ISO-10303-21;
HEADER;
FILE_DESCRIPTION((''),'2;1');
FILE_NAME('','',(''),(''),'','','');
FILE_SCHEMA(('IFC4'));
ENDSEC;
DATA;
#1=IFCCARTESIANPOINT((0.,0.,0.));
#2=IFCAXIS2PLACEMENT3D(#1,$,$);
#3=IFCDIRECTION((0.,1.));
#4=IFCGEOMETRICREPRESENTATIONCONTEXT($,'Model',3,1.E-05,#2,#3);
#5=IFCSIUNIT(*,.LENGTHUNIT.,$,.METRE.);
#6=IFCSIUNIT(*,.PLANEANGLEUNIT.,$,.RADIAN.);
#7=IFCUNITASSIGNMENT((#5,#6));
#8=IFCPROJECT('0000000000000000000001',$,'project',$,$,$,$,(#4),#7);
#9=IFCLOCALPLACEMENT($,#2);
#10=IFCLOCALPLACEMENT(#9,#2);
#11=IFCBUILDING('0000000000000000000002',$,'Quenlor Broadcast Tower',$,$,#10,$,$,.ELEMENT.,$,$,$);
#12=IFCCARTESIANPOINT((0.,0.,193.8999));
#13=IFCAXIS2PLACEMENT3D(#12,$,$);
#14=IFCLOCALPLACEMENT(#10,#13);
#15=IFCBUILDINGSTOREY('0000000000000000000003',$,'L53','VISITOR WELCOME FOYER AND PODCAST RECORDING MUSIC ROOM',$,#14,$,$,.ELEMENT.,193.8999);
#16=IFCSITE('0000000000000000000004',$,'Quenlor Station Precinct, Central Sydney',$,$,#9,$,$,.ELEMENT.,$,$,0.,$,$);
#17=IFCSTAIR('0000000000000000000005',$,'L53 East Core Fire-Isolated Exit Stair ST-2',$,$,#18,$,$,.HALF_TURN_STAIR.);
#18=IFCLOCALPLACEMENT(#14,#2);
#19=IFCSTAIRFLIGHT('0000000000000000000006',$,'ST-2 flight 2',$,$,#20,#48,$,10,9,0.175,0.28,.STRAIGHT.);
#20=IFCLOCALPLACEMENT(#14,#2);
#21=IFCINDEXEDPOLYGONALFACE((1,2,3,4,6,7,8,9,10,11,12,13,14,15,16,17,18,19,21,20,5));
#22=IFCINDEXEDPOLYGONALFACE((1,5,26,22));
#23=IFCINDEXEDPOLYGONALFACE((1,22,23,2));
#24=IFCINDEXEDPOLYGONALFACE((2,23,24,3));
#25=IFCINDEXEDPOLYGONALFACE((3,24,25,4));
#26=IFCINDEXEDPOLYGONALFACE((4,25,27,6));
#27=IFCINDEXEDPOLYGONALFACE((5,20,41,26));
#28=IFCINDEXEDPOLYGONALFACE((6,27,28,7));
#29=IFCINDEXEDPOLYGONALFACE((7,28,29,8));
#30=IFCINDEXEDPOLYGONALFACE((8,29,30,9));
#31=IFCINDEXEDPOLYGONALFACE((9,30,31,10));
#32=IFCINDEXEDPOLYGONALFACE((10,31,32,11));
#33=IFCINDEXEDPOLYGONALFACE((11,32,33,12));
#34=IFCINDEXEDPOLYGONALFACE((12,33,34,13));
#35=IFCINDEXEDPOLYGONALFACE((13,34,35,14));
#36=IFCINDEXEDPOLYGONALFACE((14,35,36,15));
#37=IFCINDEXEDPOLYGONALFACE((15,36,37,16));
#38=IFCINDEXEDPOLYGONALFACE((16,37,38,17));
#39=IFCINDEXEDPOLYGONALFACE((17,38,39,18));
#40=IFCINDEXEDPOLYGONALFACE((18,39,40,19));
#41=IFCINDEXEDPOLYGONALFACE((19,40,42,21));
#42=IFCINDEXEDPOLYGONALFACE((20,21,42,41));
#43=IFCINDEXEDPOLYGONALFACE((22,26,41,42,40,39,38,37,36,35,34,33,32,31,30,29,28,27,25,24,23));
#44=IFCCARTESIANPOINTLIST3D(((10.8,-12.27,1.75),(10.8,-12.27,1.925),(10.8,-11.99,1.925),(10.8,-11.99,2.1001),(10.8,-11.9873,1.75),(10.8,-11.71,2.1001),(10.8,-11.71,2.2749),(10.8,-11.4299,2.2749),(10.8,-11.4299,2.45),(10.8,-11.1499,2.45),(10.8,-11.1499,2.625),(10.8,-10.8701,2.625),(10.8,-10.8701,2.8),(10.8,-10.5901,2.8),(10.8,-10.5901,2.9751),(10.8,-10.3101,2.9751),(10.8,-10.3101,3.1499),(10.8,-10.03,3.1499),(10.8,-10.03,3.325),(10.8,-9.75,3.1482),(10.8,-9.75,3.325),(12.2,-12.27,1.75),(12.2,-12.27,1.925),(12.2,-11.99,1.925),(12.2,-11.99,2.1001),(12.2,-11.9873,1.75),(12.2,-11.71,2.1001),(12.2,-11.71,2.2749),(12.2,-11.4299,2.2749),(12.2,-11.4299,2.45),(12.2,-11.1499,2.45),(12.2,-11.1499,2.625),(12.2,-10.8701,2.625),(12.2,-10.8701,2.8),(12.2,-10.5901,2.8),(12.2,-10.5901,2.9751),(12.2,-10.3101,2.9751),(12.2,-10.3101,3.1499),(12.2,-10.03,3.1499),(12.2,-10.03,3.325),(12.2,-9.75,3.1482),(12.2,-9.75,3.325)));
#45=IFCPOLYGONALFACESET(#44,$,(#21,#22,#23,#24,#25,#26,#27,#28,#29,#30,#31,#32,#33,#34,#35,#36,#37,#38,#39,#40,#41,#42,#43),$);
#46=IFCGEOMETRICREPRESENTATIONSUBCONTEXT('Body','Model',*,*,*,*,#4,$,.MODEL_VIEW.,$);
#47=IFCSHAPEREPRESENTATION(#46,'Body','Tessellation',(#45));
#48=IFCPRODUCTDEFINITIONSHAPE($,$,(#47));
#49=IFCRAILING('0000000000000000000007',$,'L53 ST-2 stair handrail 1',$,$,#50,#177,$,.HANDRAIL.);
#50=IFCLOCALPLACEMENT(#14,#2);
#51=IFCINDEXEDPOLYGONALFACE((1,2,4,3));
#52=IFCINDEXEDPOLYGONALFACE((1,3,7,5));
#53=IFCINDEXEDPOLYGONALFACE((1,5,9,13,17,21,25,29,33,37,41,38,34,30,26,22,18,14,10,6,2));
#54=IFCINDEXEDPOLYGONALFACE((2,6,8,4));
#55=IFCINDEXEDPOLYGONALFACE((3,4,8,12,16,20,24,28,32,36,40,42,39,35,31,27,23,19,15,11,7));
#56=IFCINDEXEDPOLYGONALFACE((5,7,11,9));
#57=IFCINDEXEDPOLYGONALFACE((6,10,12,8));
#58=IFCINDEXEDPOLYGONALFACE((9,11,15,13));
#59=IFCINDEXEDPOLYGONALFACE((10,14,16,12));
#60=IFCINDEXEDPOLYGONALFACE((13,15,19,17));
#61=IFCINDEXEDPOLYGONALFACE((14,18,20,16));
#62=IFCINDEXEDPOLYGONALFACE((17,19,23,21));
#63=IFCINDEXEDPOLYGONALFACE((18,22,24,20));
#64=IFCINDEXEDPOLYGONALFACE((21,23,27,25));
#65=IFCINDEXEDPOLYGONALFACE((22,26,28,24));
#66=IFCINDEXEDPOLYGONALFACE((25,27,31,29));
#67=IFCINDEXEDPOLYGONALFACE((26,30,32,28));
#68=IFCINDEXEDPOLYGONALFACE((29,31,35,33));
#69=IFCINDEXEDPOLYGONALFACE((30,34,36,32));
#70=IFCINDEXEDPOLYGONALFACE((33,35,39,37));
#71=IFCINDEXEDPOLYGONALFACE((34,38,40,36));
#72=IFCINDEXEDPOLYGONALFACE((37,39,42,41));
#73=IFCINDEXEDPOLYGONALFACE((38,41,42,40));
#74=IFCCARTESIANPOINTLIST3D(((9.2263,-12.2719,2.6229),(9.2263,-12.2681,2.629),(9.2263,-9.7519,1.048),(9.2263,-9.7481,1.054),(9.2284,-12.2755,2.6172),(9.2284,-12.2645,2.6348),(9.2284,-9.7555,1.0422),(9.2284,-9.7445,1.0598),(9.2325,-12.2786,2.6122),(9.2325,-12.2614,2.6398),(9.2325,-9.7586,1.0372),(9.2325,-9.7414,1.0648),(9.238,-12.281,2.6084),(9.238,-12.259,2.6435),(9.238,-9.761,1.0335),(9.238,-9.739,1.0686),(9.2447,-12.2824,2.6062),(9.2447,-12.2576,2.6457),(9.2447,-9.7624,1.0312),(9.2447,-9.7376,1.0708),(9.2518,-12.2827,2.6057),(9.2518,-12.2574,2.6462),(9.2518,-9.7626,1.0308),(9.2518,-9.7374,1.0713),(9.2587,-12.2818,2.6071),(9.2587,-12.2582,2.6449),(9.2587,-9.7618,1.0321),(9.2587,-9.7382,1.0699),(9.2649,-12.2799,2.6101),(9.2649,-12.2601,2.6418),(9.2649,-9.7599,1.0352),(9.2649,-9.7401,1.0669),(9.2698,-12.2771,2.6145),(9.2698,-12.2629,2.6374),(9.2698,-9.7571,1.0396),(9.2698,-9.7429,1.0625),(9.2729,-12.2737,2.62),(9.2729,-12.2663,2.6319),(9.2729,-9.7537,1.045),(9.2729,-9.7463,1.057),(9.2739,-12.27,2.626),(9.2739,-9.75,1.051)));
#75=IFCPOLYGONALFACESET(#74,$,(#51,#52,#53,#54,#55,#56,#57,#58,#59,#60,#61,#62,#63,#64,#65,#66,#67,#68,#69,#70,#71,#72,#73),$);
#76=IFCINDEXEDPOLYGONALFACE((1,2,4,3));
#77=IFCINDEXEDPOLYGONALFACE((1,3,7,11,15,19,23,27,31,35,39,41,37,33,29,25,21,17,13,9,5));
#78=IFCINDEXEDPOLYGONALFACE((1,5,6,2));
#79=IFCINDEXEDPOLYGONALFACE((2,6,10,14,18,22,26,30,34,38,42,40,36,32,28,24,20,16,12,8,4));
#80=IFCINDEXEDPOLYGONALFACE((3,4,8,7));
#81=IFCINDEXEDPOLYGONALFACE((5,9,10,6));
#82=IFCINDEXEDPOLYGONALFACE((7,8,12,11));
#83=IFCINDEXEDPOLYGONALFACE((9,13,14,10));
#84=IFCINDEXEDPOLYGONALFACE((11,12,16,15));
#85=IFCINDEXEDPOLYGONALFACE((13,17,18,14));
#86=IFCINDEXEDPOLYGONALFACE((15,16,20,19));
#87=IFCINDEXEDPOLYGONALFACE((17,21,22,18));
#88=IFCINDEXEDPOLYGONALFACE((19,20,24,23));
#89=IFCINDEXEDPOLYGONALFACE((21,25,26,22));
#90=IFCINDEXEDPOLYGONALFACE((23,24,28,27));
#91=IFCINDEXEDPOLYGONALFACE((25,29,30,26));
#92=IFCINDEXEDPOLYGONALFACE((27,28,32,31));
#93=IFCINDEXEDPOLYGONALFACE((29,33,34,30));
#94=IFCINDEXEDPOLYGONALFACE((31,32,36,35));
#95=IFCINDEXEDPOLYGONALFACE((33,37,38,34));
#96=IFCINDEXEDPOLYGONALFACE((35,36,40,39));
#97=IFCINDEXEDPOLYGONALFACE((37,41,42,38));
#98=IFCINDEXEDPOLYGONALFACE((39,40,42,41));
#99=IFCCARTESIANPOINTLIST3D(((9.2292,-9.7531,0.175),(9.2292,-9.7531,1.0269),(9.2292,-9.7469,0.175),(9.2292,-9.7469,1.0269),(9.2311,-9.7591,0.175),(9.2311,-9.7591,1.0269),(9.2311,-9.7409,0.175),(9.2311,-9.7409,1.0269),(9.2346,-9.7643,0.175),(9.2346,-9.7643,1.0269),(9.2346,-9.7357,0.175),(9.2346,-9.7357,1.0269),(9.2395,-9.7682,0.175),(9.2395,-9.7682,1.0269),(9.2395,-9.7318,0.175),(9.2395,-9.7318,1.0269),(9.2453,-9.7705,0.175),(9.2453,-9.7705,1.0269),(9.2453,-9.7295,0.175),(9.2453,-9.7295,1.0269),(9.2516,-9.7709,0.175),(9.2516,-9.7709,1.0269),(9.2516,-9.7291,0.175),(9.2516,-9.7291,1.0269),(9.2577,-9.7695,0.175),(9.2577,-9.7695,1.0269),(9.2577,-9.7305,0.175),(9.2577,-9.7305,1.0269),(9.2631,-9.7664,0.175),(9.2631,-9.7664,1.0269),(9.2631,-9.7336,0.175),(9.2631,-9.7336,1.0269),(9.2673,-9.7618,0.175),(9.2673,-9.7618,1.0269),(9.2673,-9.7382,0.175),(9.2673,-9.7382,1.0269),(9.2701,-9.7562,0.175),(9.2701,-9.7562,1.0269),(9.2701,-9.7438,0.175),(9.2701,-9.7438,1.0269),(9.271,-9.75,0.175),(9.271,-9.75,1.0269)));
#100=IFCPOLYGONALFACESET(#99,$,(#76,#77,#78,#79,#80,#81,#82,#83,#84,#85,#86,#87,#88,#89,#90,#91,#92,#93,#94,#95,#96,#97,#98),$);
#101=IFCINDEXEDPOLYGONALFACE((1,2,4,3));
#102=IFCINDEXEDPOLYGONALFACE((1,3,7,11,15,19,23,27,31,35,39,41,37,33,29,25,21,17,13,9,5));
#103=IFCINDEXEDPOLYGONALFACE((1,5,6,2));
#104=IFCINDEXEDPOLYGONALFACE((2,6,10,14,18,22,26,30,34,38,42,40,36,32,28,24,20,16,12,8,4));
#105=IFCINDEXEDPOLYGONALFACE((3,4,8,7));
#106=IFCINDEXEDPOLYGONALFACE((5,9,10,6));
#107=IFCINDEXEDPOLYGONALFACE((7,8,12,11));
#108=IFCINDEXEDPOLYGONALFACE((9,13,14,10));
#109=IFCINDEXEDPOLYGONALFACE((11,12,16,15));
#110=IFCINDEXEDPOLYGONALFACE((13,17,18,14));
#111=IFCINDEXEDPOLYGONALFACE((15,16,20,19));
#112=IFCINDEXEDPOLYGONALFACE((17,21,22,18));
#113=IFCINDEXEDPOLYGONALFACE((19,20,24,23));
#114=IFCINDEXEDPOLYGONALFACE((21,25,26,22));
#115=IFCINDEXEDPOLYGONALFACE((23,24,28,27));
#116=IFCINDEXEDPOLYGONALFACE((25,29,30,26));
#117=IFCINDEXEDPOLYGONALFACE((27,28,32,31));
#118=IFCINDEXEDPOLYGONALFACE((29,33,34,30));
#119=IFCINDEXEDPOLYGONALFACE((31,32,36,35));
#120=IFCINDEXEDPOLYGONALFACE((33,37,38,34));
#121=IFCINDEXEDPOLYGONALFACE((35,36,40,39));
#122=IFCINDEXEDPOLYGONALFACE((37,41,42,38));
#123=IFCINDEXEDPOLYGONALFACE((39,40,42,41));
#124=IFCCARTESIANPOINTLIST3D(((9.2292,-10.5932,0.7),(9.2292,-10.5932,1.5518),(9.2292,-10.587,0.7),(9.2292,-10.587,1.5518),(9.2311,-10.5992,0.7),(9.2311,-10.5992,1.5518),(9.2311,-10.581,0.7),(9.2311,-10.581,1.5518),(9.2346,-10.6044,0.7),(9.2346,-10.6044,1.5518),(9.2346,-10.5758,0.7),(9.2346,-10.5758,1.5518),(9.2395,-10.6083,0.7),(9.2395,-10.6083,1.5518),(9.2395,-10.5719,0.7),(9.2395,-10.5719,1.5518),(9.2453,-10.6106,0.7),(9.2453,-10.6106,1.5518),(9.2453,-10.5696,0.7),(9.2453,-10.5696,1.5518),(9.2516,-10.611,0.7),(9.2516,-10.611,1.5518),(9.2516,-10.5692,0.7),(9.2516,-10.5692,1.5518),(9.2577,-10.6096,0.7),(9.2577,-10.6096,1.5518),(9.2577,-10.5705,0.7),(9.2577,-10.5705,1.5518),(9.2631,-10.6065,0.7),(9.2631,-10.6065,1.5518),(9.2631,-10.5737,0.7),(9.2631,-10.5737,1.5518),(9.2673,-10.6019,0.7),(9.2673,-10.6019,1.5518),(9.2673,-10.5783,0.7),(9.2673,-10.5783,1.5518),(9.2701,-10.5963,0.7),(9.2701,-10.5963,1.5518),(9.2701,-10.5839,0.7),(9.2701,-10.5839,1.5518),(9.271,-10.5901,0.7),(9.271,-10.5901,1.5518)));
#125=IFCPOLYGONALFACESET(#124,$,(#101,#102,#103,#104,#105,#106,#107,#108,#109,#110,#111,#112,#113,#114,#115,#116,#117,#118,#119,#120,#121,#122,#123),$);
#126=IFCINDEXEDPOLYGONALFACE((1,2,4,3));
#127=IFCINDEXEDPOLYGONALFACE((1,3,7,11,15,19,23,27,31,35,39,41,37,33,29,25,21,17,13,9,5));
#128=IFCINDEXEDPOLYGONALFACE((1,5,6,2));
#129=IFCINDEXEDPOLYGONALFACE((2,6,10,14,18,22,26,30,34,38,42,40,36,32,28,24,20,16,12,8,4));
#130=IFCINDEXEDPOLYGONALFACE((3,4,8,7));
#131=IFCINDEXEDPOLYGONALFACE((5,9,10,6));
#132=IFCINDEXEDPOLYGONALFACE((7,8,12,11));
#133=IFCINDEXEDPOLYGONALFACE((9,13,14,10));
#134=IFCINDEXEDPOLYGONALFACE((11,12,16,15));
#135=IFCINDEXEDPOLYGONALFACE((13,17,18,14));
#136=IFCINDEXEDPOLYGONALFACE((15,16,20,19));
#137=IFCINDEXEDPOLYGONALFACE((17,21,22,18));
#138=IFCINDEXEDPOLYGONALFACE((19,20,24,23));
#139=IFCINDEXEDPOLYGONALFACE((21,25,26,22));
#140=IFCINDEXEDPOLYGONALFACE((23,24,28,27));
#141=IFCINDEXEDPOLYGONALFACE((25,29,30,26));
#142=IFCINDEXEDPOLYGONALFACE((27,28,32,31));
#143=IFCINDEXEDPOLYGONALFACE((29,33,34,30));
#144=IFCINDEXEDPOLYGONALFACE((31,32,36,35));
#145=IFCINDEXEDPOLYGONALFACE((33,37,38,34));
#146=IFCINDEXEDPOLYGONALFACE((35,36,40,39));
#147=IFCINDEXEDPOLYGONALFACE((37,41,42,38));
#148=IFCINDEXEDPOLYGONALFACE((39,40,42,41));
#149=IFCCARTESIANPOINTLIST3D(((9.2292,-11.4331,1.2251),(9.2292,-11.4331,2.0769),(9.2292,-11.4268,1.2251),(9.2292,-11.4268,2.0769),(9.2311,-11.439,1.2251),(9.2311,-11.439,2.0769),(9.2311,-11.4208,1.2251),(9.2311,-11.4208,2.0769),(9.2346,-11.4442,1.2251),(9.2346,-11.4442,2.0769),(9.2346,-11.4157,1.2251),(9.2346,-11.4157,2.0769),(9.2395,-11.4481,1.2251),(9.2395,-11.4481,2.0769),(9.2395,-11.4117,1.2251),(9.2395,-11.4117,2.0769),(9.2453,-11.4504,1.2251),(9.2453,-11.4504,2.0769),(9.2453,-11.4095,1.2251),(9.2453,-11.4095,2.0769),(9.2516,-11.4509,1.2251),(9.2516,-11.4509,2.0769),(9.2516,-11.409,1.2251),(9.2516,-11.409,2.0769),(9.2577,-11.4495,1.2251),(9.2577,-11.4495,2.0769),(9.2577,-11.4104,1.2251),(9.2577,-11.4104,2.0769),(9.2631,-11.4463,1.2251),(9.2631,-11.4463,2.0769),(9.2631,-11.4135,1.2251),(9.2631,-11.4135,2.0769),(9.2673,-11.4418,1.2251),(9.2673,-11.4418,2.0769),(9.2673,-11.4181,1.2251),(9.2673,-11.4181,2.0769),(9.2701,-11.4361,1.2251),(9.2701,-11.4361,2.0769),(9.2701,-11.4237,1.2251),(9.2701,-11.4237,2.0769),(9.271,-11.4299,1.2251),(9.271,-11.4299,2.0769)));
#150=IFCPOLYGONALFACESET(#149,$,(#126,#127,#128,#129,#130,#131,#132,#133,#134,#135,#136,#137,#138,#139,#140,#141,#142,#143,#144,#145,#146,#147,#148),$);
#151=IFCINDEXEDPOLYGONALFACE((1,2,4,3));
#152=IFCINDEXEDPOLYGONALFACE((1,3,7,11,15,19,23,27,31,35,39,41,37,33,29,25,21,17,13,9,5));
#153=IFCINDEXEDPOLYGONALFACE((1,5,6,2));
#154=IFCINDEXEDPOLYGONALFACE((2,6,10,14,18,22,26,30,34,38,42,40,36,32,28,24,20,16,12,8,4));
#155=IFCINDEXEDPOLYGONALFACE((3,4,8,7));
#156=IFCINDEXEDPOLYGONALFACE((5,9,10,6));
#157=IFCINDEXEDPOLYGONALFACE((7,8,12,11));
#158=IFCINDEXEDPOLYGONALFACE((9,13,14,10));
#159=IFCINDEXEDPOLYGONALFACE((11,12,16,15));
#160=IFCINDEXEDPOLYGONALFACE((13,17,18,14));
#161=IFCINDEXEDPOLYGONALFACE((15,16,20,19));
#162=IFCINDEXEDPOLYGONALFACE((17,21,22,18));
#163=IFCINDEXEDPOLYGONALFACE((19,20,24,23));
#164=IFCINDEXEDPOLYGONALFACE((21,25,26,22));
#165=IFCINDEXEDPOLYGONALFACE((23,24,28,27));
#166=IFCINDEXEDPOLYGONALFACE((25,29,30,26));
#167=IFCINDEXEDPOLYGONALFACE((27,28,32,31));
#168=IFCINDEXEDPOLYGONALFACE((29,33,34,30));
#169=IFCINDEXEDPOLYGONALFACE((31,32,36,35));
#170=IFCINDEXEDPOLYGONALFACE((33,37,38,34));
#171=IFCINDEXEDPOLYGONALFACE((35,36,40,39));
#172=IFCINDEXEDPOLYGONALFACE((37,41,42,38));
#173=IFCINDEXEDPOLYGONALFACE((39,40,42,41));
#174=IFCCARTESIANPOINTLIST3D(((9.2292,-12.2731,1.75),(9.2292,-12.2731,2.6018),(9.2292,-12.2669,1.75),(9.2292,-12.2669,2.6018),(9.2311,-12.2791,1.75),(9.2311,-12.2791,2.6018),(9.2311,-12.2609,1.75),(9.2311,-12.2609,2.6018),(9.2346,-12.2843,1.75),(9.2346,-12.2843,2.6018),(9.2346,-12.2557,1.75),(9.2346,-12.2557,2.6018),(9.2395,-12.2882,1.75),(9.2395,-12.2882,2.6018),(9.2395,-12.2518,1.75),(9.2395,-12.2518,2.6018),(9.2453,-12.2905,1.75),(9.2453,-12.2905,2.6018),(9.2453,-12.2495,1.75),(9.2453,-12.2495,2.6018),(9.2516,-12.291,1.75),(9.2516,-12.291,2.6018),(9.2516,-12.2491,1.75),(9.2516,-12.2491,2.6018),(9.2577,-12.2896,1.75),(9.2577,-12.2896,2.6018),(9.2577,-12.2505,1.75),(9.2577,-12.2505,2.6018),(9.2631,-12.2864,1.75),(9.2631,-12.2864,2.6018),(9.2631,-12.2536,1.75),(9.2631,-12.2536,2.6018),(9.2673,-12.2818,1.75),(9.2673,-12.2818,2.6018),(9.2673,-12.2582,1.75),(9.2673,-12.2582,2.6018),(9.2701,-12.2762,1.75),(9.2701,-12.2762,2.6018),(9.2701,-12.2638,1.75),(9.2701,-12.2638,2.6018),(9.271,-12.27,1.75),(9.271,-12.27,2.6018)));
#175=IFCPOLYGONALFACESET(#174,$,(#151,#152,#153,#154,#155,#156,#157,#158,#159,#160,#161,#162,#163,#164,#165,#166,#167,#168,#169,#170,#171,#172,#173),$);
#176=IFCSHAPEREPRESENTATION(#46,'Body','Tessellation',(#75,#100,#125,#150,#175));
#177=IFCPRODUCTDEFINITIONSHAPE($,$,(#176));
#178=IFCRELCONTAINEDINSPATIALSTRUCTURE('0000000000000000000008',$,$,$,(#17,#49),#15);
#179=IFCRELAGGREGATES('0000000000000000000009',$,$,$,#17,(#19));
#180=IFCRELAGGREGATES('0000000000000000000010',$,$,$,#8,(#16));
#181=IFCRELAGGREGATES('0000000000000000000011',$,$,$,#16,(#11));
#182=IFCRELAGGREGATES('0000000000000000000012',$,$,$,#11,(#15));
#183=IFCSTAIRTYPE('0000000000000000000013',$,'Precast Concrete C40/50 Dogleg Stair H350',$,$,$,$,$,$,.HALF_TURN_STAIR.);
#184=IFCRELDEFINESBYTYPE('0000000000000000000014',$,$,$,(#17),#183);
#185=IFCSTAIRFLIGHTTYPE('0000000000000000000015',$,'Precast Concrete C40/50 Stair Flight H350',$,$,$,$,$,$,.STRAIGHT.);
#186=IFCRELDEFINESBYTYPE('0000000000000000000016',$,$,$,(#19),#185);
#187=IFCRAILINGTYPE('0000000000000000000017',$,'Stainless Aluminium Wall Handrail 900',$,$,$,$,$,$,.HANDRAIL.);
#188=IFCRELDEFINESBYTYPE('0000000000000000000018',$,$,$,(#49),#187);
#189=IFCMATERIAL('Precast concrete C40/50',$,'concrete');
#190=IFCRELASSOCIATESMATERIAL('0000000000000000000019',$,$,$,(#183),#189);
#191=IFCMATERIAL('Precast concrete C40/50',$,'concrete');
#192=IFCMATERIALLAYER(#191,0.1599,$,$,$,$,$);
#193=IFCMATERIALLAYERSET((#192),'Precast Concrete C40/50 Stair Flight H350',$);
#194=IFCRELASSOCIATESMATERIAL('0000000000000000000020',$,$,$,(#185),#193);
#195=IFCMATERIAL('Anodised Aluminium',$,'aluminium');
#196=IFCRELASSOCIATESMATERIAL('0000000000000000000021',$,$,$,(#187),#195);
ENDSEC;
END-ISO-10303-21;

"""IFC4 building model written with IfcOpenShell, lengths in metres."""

from ifc_helpers import new_model, si_unit, direction, frame, origin, origin_2d, place, context, subcontext, project, spatial, polyline, circle, outline, extrude, material, layer, layer_set, type_object, element, aggregate, save


model = new_model("IFC4")

# Units and contexts
model_context = context("Model", 3, precision=1e-05, world=origin(), true_north=direction((0.0, 1.0)))
body_context = subcontext(model_context, "Body", "Model", "MODEL_VIEW")
ifc_project = project(units=[si_unit("LENGTHUNIT", "METRE"), si_unit("PLANEANGLEUNIT", "RADIAN")], contexts=[model_context])

# Site, building, storey
site_placement = place(None, origin())
site = spatial("IfcSite", under=ifc_project, at=site_placement, Name="Quenlor Station Precinct, Central Sydney", CompositionType="ELEMENT", RefElevation=0.0)
building_placement = place(site_placement, origin())
building = spatial("IfcBuilding", under=site, at=building_placement, Name="Quenlor Broadcast Tower", CompositionType="ELEMENT")
storey_placement = place(building_placement, frame((0.0, 0.0, 193.8999)))
storey = spatial("IfcBuildingStorey", under=building, at=storey_placement, Name="L53", Description="VISITOR WELCOME FOYER AND PODCAST RECORDING MUSIC ROOM", CompositionType="ELEMENT", Elevation=193.8999)

# Stair, stair flight
ifc_material_1 = material(Name="Precast concrete C40/50", Category="concrete")
stair_type = type_object("IfcStairType", Name="Precast Concrete C40/50 Dogleg Stair H350", PredefinedType="HALF_TURN_STAIR", material=ifc_material_1)
stair_placement = place(storey_placement, origin())
stair = element("IfcStair", 1, at=stair_placement, inside=storey, type_object=stair_type, Name="L53 East Core Fire-Isolated Exit Stair ST-2", PredefinedType="HALF_TURN_STAIR")
ifc_material_2 = material(Name="Precast concrete C40/50", Category="concrete")
ifc_layer_1 = layer(ifc_material_2, 0.1599)
ifc_layer_set_1 = layer_set([ifc_layer_1], Name="Precast Concrete C40/50 Stair Flight H350")
stair_flight_type = type_object("IfcStairFlightType", Name="Precast Concrete C40/50 Stair Flight H350", PredefinedType="STRAIGHT", material=ifc_layer_set_1)
stair_flight_placement = place(storey_placement, frame((11.5, -12.27, 1.75), z_axis=(0.0, 0.0, 1.0), x_axis=(0.0, 1.0, 0.0)))
stair_flight = element("IfcStairFlight", 2, at=stair_flight_placement, type_object=stair_flight_type, Name="ST-2 flight 2", NumberOfRisers=10, NumberOfTreads=9, PredefinedType="STRAIGHT", RiserHeight=0.175, TreadLength=0.28, context=body_context, shape_type="SweptSolid", body=[
    extrude(outline(polyline([(0.0, 0.0), (0.0, 0.175), (0.28, 0.175), (0.28, 0.3501), (0.5601, 0.3501), (0.5601, 0.5249), (0.8401, 0.5249), (0.8401, 0.7), (1.1201, 0.7), (1.1201, 0.875), (1.3999, 0.875), (1.3999, 1.05), (1.6799, 1.05), (1.6799, 1.2251), (1.96, 1.2251), (1.96, 1.3999), (2.24, 1.3999), (2.24, 1.575), (2.52, 1.575), (2.52, 1.75), (2.52, 1.3982), (0.2827, 0.0), (0.0, 0.0)])), frame((0.0, 0.7, 0.0), z_axis=(0.0, -1.0, 0.0), x_axis=(1.0, 0.0, 0.0)), (0.0, 0.0, 1.0), 1.3999),
])
aggregate(stair, [stair_flight])

# Railing
ifc_material_3 = material(Name="Anodised Aluminium", Category="aluminium")
railing_type_1 = type_object("IfcRailingType", Name="Stainless Aluminium Wall Handrail 900", PredefinedType="HANDRAIL", material=ifc_material_3)
railing_1_placement = place(storey_placement, frame((9.25, -9.75, 0.175)))
element("IfcRailing", 3, at=railing_1_placement, inside=storey, type_object=railing_type_1, Name="L53 ST-2 stair handrail 1", PredefinedType="HANDRAIL", context=body_context, shape_type="SweptSolid", body=[
    extrude(circle(Radius=0.0239, at=origin_2d()), frame((0.0, 0.0, 0.876), z_axis=(0.0, -0.848008, 0.529984), x_axis=(1.0, 0.0, 0.0)), (0.0, 0.0, 1.0), 2.9717),
    extrude(circle(Radius=0.021, at=origin_2d()), origin(), (0.0, 0.0, 1.0), 0.8518),
    extrude(circle(Radius=0.021, at=origin_2d()), frame((0.0, -0.8401, 0.5249)), (0.0, 0.0, 1.0), 0.8518),
    extrude(circle(Radius=0.021, at=origin_2d()), frame((0.0, -1.6799, 1.05)), (0.0, 0.0, 1.0), 0.8518),
    extrude(circle(Radius=0.021, at=origin_2d()), frame((0.0, -2.52, 1.575)), (0.0, 0.0, 1.0), 0.8518),
])

save(model, "model.ifc")
